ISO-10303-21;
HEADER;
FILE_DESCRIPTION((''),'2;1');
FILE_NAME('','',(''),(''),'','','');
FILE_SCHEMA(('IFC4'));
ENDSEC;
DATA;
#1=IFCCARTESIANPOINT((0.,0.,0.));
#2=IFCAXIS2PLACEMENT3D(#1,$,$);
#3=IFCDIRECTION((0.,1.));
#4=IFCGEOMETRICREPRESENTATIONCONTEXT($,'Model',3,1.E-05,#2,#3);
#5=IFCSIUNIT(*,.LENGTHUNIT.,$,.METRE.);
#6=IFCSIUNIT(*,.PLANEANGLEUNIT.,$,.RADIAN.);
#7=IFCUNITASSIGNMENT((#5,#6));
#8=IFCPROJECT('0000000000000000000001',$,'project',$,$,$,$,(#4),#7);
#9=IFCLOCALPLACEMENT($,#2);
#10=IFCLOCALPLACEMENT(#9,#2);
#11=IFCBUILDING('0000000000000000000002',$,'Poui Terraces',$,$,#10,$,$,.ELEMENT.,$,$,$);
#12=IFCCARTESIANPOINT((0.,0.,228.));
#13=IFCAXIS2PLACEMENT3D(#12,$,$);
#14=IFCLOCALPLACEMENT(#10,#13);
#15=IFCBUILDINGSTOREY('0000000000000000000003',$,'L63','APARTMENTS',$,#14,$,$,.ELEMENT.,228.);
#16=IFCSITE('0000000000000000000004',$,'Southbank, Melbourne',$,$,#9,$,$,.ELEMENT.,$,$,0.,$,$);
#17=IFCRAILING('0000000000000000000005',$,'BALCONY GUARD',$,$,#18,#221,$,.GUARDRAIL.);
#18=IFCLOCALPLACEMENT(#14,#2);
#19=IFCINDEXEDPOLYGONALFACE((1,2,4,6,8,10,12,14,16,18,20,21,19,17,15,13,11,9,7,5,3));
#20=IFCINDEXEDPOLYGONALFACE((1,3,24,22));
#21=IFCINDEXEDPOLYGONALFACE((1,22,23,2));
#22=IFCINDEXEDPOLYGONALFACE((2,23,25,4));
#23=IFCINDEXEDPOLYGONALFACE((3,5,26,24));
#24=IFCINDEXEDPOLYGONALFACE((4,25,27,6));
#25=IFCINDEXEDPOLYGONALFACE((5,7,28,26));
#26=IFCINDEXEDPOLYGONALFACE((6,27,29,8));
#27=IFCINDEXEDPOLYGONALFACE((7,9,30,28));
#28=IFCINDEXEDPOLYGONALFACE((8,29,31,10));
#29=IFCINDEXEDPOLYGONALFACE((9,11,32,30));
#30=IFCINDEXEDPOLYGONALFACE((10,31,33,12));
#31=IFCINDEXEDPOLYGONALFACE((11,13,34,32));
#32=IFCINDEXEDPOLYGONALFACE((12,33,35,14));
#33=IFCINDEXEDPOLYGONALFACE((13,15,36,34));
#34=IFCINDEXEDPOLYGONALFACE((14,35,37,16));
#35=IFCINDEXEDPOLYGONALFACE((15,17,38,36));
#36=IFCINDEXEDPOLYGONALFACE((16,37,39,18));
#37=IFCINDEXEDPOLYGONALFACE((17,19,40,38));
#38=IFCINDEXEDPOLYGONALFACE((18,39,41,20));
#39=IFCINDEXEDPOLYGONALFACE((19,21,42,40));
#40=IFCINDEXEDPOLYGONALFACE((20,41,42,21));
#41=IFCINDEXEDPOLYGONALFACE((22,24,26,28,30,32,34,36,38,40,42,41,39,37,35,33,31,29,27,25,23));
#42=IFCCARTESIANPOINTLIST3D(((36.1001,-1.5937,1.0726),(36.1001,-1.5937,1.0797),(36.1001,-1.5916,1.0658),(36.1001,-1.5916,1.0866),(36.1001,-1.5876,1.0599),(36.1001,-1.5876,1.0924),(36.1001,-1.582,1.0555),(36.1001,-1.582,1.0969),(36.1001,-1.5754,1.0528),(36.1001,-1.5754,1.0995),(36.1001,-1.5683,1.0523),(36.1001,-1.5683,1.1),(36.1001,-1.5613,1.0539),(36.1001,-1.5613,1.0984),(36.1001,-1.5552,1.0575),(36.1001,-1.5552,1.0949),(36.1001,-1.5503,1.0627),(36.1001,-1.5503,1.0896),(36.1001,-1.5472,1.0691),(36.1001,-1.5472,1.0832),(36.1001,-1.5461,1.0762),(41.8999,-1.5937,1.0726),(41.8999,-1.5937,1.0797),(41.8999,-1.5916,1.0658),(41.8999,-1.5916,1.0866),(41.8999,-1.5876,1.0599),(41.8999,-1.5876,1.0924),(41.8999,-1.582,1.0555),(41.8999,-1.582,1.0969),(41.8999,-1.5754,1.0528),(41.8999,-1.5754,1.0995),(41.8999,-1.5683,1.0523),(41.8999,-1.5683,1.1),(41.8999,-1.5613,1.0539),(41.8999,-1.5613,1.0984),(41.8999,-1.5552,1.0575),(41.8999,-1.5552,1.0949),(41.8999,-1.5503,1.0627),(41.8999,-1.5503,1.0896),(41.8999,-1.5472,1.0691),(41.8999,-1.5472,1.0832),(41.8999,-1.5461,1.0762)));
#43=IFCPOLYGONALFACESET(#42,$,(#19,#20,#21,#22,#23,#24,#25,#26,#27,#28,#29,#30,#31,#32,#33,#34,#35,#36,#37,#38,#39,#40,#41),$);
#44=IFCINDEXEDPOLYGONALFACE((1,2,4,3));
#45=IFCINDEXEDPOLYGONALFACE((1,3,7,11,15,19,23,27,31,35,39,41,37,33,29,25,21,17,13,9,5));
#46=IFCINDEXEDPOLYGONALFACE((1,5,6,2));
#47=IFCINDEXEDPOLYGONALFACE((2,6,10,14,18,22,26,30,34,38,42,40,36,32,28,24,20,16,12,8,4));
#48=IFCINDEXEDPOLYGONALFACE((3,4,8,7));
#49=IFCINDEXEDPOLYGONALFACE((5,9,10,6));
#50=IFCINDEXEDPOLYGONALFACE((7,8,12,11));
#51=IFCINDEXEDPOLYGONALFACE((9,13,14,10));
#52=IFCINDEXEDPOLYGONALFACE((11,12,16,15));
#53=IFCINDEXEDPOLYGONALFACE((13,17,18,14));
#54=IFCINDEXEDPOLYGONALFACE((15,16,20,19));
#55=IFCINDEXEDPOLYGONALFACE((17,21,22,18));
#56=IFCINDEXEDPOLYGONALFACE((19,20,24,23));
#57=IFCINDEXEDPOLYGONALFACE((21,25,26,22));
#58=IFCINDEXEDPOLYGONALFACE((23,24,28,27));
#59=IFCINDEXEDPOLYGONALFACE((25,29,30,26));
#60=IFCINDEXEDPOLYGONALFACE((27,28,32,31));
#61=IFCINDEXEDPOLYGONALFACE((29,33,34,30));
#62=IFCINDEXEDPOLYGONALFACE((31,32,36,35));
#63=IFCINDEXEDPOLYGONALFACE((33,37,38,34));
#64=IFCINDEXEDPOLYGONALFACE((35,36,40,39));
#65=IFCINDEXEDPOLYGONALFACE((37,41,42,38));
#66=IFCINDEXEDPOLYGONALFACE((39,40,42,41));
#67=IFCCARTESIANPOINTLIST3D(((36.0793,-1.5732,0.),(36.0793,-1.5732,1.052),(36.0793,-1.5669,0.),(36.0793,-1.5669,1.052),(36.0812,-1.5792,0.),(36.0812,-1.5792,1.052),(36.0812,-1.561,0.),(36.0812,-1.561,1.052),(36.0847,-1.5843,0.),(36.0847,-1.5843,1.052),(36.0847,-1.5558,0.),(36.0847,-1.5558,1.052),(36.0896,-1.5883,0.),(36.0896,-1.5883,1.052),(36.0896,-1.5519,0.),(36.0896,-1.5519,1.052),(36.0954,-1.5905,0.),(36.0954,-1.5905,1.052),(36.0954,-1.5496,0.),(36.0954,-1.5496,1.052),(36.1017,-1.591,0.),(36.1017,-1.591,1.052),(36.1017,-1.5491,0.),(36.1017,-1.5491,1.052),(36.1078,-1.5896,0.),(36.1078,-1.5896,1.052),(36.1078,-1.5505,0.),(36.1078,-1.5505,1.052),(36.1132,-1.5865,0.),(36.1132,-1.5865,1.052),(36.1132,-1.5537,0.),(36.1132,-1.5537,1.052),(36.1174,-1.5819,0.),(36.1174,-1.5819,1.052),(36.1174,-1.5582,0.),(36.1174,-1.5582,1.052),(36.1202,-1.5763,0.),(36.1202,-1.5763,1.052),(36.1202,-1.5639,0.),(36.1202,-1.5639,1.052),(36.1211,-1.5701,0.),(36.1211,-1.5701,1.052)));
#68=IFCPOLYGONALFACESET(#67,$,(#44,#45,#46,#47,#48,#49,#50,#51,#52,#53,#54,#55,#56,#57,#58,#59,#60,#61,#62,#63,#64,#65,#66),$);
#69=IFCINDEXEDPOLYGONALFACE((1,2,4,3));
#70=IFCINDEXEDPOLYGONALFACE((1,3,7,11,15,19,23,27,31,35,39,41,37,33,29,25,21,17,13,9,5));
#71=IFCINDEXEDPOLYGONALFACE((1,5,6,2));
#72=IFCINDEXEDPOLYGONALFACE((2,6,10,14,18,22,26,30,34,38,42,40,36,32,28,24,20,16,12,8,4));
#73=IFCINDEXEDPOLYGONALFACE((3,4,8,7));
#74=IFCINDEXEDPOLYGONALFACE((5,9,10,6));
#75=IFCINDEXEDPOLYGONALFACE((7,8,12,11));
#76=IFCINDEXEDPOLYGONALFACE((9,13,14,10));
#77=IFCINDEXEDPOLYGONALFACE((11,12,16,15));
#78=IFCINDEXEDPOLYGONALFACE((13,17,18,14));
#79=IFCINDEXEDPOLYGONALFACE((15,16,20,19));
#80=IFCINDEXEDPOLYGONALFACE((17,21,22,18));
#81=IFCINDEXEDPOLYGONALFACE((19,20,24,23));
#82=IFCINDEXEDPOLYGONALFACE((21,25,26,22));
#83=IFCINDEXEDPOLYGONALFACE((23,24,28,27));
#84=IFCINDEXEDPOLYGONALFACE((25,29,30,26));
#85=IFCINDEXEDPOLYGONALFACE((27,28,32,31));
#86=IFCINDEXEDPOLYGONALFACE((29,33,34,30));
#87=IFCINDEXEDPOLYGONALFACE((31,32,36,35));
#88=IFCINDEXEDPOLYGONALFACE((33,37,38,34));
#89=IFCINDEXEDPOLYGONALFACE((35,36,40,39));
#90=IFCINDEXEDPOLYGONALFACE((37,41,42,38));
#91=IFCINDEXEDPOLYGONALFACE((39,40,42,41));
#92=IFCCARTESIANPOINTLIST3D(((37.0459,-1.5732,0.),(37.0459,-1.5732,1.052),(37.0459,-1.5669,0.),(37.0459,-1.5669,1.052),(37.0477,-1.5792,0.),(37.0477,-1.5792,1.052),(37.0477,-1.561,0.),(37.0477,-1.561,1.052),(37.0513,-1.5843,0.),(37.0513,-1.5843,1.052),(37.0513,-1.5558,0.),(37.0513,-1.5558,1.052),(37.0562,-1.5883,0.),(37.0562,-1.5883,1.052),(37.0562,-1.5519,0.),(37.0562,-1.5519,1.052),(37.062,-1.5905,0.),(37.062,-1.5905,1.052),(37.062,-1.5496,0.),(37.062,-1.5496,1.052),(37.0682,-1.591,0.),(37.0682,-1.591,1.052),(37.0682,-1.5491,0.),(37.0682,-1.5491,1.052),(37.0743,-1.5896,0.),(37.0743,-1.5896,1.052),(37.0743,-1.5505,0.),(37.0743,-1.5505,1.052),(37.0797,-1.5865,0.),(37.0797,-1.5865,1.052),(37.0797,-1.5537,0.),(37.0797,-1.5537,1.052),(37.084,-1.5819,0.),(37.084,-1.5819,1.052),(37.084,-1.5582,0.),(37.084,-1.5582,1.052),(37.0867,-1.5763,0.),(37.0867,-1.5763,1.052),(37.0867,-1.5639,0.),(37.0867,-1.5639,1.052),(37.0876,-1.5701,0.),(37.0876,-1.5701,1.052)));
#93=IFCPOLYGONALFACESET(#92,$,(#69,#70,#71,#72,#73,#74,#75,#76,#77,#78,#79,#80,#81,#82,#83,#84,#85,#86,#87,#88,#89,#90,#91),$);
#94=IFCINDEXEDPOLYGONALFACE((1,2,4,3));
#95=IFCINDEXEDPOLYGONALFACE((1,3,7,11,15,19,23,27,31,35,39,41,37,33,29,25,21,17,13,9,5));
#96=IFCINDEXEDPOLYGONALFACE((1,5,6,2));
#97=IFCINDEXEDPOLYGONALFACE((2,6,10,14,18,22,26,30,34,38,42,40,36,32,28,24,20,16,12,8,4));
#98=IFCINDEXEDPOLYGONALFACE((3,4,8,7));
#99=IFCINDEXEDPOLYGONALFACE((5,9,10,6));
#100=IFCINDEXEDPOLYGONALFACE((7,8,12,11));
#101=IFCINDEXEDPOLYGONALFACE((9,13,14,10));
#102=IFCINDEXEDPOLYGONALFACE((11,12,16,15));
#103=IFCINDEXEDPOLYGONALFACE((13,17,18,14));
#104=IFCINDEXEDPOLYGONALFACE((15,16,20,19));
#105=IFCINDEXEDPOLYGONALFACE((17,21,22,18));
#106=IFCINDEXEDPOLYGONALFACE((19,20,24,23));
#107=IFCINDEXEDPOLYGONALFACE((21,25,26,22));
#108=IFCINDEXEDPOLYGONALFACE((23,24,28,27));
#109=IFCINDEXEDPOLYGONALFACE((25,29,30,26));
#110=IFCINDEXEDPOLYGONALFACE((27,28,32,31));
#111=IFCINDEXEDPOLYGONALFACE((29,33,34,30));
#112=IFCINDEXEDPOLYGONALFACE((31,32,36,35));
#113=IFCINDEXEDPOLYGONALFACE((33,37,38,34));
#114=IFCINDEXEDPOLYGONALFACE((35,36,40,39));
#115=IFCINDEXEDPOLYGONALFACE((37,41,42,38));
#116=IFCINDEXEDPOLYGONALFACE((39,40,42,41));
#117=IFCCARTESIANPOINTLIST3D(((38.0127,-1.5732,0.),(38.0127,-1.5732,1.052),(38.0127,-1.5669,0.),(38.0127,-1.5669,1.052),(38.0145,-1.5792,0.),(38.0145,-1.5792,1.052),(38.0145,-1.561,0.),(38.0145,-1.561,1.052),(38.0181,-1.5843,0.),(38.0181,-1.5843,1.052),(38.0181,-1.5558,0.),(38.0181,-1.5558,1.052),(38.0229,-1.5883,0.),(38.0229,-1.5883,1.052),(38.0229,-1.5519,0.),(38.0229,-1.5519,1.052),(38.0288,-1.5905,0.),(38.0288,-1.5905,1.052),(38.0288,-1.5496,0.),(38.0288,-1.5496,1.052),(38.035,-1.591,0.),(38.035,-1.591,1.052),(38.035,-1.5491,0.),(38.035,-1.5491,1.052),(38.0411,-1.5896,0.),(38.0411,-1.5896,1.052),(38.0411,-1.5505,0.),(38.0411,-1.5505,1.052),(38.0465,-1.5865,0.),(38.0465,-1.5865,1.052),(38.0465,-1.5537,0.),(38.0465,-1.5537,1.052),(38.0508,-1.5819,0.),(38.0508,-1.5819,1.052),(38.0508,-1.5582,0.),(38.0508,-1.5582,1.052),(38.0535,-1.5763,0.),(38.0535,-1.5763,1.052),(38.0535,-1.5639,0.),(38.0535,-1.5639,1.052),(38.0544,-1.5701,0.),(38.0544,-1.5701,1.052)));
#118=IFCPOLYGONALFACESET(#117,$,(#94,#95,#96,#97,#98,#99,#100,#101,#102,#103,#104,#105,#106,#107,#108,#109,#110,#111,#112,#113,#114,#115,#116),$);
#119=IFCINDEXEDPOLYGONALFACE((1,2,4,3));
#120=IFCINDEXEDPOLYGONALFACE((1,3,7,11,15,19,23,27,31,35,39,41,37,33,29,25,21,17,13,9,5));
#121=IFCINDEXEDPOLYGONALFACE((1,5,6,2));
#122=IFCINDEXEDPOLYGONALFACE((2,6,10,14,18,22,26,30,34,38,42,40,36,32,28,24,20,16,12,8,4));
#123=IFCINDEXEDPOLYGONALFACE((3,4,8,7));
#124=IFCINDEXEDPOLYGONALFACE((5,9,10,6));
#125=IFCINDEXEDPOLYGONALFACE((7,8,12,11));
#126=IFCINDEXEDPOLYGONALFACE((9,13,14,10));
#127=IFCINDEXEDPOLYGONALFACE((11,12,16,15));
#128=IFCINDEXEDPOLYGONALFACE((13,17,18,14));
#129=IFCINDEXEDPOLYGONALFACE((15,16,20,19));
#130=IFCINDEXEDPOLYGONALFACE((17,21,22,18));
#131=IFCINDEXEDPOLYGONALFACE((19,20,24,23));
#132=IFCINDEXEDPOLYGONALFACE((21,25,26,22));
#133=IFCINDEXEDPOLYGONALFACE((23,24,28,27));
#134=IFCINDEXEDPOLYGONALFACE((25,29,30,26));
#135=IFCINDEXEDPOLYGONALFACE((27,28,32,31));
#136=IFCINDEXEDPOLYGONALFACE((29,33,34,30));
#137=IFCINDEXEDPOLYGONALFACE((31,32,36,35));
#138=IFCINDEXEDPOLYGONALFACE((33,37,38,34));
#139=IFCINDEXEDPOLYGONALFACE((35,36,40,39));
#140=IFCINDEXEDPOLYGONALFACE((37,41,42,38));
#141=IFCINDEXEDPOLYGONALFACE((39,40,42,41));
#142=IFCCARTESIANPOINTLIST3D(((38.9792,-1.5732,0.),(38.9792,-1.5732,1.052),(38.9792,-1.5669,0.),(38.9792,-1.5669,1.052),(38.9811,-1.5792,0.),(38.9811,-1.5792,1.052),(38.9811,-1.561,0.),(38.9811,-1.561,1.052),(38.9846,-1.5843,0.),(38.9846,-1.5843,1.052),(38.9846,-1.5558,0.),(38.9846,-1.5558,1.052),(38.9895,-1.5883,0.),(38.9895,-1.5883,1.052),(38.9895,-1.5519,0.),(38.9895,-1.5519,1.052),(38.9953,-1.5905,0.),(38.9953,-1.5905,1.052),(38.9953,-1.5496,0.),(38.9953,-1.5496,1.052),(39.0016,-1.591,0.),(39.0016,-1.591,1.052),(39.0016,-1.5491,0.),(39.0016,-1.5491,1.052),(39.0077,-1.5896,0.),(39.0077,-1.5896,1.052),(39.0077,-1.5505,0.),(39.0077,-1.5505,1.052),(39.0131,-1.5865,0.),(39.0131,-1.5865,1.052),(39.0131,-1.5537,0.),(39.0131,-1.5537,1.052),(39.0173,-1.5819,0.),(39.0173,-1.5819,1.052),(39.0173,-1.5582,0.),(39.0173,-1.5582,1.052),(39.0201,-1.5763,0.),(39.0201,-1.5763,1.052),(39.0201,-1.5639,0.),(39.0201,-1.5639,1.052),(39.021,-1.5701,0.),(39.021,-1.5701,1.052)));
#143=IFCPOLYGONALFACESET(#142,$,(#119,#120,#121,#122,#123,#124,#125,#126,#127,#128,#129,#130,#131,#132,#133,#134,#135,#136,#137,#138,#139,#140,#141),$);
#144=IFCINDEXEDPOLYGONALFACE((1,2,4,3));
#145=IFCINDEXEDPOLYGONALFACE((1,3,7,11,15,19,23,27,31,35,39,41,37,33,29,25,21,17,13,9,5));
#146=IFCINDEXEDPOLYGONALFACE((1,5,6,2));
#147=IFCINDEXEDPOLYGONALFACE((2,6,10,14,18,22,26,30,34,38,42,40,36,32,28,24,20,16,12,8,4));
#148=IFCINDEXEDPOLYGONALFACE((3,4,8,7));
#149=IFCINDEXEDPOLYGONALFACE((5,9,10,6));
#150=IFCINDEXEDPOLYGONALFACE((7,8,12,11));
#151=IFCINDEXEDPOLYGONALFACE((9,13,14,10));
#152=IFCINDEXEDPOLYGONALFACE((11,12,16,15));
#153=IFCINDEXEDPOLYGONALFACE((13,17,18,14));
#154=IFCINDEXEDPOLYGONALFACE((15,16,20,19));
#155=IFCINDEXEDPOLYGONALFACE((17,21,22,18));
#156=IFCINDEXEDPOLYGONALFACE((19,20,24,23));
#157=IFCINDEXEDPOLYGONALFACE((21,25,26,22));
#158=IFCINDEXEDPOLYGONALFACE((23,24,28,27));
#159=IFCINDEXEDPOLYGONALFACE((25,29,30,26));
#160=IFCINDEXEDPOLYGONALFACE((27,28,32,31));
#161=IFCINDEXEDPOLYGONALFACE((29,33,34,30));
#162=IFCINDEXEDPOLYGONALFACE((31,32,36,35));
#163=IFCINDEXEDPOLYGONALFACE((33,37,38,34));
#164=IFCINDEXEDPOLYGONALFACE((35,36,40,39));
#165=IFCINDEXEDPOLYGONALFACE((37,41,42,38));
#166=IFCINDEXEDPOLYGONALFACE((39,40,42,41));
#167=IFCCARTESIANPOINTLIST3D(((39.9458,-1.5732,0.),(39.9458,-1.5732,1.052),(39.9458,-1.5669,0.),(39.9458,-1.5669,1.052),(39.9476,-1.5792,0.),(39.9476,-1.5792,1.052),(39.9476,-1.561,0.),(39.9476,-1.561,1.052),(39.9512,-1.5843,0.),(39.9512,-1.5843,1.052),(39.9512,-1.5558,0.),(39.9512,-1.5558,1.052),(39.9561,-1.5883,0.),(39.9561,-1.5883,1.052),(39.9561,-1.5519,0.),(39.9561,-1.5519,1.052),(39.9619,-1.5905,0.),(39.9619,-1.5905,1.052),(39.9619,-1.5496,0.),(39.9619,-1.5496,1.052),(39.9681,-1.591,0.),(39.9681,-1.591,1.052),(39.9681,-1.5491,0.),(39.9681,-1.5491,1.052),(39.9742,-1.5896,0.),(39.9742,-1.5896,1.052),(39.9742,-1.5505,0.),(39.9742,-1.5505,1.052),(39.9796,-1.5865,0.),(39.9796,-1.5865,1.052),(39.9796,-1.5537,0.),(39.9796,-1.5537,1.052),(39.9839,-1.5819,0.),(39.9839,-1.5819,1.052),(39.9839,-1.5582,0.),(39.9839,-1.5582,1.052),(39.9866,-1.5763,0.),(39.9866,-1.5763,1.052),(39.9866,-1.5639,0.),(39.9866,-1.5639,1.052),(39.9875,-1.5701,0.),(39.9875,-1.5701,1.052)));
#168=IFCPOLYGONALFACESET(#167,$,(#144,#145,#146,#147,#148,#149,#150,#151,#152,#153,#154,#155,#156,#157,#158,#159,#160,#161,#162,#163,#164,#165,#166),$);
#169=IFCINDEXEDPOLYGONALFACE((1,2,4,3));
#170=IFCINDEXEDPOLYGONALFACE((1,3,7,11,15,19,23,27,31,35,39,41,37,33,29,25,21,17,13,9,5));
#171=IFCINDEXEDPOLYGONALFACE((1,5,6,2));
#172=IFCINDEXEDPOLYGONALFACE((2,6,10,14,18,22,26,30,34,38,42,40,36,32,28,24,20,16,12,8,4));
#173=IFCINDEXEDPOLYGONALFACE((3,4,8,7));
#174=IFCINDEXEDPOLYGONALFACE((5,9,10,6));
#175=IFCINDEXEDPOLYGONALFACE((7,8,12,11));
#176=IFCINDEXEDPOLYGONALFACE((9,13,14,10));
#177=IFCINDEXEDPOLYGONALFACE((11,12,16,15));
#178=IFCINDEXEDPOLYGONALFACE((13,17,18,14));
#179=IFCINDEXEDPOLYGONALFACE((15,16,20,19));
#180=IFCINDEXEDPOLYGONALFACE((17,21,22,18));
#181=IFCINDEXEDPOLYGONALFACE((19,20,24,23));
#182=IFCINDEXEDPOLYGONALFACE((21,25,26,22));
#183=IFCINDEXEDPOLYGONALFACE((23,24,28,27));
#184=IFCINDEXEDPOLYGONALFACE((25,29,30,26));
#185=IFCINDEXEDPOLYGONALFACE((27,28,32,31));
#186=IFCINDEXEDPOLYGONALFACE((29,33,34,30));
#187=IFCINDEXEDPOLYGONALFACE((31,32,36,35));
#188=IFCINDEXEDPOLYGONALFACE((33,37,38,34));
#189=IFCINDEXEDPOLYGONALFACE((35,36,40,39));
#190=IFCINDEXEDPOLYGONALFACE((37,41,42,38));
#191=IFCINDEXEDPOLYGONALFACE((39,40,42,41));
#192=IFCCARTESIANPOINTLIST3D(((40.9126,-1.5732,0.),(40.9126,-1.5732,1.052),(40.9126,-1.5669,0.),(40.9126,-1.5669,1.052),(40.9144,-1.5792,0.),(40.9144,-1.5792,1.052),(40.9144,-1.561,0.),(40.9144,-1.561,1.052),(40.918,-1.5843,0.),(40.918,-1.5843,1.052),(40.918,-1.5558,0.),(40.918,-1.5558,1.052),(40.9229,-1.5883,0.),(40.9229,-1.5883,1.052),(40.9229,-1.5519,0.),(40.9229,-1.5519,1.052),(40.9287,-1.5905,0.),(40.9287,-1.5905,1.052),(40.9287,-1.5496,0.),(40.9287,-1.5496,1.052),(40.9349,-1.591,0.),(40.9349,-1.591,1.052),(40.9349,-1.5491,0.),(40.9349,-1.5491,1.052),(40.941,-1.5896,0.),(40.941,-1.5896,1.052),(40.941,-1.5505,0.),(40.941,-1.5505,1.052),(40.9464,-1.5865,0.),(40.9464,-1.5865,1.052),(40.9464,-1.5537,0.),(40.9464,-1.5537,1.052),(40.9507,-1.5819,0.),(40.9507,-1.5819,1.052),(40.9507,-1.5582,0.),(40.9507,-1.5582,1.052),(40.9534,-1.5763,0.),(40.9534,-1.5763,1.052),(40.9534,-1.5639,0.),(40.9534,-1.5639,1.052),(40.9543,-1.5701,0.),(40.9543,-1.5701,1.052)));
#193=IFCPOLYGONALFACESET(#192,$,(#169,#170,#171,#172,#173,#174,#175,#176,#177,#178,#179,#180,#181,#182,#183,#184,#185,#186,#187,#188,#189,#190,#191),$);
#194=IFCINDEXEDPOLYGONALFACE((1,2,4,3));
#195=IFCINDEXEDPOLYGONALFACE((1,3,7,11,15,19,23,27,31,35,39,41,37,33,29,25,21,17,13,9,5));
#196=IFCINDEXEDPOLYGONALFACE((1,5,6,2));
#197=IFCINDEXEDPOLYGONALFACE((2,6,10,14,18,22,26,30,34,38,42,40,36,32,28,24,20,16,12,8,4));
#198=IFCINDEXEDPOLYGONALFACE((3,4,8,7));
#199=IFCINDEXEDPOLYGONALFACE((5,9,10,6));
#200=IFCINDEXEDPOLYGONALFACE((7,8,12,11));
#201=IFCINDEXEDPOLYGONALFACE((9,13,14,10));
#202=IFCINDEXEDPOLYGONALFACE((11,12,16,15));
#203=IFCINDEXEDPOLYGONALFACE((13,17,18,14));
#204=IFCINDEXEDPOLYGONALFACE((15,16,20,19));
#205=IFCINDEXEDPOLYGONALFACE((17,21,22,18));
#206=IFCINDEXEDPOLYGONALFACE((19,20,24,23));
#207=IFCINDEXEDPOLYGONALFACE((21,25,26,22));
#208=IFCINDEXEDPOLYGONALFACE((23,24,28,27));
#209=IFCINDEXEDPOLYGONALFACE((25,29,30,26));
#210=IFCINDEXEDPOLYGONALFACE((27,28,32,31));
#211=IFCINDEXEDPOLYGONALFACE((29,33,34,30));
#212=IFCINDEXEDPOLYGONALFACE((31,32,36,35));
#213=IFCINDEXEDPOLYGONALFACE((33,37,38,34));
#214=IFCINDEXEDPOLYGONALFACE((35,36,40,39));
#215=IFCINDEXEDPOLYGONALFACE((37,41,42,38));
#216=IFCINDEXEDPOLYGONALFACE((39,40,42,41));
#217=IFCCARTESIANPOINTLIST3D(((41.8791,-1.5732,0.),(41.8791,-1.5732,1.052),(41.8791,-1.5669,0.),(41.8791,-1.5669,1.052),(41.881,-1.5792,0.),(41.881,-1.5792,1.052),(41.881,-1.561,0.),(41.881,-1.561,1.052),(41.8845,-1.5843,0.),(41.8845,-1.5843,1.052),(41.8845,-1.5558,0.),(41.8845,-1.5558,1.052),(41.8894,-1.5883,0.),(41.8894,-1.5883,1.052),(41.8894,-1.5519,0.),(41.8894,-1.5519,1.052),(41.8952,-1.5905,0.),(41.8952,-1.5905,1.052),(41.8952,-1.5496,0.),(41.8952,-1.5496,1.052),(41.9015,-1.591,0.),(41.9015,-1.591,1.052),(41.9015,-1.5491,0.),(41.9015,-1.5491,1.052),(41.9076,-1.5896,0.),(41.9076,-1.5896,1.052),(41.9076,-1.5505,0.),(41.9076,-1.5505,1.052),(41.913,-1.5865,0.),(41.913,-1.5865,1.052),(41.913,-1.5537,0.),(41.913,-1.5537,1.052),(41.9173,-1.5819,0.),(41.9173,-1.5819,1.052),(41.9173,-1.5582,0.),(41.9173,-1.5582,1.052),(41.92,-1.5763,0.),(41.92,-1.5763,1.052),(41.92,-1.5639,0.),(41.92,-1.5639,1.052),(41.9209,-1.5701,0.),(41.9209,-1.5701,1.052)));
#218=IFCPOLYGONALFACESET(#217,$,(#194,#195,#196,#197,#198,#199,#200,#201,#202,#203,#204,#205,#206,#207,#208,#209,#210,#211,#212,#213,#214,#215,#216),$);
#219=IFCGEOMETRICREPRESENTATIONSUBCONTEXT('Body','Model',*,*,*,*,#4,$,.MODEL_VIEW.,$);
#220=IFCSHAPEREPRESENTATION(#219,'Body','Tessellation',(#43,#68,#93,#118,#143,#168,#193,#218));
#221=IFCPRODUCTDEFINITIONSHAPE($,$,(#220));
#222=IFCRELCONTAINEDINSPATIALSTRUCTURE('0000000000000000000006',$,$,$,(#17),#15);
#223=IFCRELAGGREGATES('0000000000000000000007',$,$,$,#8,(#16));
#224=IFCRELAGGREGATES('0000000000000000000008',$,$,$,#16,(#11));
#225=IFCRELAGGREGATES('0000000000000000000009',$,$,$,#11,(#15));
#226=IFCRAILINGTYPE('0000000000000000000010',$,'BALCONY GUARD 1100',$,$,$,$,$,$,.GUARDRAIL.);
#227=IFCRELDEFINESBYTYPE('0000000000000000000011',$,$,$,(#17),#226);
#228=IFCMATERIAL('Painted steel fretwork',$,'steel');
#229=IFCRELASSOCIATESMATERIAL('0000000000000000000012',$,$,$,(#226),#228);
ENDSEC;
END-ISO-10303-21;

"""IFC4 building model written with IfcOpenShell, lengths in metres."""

from ifc_helpers import new_model, si_unit, direction, frame, origin, origin_2d, place, context, subcontext, project, spatial, circle, extrude, material, type_object, element, save


model = new_model("IFC4")

# Units and contexts
model_context = context("Model", 3, precision=1e-05, world=origin(), true_north=direction((0.0, 1.0)))
body_context = subcontext(model_context, "Body", "Model", "MODEL_VIEW")
ifc_project = project(units=[si_unit("LENGTHUNIT", "METRE"), si_unit("PLANEANGLEUNIT", "RADIAN")], contexts=[model_context])

# Site, building, storey
site_placement = place(None, origin())
site = spatial("IfcSite", under=ifc_project, at=site_placement, Name="Southbank, Melbourne", CompositionType="ELEMENT", RefElevation=0.0)
building_placement = place(site_placement, origin())
building = spatial("IfcBuilding", under=site, at=building_placement, Name="Poui Terraces", CompositionType="ELEMENT")
storey_placement = place(building_placement, frame((0.0, 0.0, 228.0)))
storey = spatial("IfcBuildingStorey", under=building, at=storey_placement, Name="L63", Description="APARTMENTS", CompositionType="ELEMENT", Elevation=228.0)

# Railing
ifc_material_1 = material(Name="Painted steel fretwork", Category="steel")
railing_type = type_object("IfcRailingType", Name="BALCONY GUARD 1100", PredefinedType="GUARDRAIL", material=ifc_material_1)
railing_placement = place(storey_placement, frame((36.1001, -1.5701, 0.0)))
element("IfcRailing", 1, at=railing_placement, inside=storey, type_object=railing_type, Name="BALCONY GUARD", PredefinedType="GUARDRAIL", context=body_context, shape_type="SweptSolid", body=[
    extrude(circle(Radius=0.0239, at=origin_2d()), frame((0.0, 0.0, 1.0762), z_axis=(1.0, 0.0, 0.0), x_axis=(0.0, 1.0, 0.0)), (0.0, 0.0, 1.0), 5.7998),
    extrude(circle(Radius=0.021, at=origin_2d()), origin(), (0.0, 0.0, 1.0), 1.052),
    extrude(circle(Radius=0.021, at=origin_2d()), frame((0.9666, 0.0, 0.0)), (0.0, 0.0, 1.0), 1.052),
    extrude(circle(Radius=0.021, at=origin_2d()), frame((1.9333, 0.0, 0.0)), (0.0, 0.0, 1.0), 1.052),
    extrude(circle(Radius=0.021, at=origin_2d()), frame((2.8999, 0.0, 0.0)), (0.0, 0.0, 1.0), 1.052),
    extrude(circle(Radius=0.021, at=origin_2d()), frame((3.8665, 0.0, 0.0)), (0.0, 0.0, 1.0), 1.052),
    extrude(circle(Radius=0.021, at=origin_2d()), frame((4.8333, 0.0, 0.0)), (0.0, 0.0, 1.0), 1.052),
    extrude(circle(Radius=0.021, at=origin_2d()), frame((5.7998, 0.0, 0.0)), (0.0, 0.0, 1.0), 1.052),
])

save(model, "model.ifc")
